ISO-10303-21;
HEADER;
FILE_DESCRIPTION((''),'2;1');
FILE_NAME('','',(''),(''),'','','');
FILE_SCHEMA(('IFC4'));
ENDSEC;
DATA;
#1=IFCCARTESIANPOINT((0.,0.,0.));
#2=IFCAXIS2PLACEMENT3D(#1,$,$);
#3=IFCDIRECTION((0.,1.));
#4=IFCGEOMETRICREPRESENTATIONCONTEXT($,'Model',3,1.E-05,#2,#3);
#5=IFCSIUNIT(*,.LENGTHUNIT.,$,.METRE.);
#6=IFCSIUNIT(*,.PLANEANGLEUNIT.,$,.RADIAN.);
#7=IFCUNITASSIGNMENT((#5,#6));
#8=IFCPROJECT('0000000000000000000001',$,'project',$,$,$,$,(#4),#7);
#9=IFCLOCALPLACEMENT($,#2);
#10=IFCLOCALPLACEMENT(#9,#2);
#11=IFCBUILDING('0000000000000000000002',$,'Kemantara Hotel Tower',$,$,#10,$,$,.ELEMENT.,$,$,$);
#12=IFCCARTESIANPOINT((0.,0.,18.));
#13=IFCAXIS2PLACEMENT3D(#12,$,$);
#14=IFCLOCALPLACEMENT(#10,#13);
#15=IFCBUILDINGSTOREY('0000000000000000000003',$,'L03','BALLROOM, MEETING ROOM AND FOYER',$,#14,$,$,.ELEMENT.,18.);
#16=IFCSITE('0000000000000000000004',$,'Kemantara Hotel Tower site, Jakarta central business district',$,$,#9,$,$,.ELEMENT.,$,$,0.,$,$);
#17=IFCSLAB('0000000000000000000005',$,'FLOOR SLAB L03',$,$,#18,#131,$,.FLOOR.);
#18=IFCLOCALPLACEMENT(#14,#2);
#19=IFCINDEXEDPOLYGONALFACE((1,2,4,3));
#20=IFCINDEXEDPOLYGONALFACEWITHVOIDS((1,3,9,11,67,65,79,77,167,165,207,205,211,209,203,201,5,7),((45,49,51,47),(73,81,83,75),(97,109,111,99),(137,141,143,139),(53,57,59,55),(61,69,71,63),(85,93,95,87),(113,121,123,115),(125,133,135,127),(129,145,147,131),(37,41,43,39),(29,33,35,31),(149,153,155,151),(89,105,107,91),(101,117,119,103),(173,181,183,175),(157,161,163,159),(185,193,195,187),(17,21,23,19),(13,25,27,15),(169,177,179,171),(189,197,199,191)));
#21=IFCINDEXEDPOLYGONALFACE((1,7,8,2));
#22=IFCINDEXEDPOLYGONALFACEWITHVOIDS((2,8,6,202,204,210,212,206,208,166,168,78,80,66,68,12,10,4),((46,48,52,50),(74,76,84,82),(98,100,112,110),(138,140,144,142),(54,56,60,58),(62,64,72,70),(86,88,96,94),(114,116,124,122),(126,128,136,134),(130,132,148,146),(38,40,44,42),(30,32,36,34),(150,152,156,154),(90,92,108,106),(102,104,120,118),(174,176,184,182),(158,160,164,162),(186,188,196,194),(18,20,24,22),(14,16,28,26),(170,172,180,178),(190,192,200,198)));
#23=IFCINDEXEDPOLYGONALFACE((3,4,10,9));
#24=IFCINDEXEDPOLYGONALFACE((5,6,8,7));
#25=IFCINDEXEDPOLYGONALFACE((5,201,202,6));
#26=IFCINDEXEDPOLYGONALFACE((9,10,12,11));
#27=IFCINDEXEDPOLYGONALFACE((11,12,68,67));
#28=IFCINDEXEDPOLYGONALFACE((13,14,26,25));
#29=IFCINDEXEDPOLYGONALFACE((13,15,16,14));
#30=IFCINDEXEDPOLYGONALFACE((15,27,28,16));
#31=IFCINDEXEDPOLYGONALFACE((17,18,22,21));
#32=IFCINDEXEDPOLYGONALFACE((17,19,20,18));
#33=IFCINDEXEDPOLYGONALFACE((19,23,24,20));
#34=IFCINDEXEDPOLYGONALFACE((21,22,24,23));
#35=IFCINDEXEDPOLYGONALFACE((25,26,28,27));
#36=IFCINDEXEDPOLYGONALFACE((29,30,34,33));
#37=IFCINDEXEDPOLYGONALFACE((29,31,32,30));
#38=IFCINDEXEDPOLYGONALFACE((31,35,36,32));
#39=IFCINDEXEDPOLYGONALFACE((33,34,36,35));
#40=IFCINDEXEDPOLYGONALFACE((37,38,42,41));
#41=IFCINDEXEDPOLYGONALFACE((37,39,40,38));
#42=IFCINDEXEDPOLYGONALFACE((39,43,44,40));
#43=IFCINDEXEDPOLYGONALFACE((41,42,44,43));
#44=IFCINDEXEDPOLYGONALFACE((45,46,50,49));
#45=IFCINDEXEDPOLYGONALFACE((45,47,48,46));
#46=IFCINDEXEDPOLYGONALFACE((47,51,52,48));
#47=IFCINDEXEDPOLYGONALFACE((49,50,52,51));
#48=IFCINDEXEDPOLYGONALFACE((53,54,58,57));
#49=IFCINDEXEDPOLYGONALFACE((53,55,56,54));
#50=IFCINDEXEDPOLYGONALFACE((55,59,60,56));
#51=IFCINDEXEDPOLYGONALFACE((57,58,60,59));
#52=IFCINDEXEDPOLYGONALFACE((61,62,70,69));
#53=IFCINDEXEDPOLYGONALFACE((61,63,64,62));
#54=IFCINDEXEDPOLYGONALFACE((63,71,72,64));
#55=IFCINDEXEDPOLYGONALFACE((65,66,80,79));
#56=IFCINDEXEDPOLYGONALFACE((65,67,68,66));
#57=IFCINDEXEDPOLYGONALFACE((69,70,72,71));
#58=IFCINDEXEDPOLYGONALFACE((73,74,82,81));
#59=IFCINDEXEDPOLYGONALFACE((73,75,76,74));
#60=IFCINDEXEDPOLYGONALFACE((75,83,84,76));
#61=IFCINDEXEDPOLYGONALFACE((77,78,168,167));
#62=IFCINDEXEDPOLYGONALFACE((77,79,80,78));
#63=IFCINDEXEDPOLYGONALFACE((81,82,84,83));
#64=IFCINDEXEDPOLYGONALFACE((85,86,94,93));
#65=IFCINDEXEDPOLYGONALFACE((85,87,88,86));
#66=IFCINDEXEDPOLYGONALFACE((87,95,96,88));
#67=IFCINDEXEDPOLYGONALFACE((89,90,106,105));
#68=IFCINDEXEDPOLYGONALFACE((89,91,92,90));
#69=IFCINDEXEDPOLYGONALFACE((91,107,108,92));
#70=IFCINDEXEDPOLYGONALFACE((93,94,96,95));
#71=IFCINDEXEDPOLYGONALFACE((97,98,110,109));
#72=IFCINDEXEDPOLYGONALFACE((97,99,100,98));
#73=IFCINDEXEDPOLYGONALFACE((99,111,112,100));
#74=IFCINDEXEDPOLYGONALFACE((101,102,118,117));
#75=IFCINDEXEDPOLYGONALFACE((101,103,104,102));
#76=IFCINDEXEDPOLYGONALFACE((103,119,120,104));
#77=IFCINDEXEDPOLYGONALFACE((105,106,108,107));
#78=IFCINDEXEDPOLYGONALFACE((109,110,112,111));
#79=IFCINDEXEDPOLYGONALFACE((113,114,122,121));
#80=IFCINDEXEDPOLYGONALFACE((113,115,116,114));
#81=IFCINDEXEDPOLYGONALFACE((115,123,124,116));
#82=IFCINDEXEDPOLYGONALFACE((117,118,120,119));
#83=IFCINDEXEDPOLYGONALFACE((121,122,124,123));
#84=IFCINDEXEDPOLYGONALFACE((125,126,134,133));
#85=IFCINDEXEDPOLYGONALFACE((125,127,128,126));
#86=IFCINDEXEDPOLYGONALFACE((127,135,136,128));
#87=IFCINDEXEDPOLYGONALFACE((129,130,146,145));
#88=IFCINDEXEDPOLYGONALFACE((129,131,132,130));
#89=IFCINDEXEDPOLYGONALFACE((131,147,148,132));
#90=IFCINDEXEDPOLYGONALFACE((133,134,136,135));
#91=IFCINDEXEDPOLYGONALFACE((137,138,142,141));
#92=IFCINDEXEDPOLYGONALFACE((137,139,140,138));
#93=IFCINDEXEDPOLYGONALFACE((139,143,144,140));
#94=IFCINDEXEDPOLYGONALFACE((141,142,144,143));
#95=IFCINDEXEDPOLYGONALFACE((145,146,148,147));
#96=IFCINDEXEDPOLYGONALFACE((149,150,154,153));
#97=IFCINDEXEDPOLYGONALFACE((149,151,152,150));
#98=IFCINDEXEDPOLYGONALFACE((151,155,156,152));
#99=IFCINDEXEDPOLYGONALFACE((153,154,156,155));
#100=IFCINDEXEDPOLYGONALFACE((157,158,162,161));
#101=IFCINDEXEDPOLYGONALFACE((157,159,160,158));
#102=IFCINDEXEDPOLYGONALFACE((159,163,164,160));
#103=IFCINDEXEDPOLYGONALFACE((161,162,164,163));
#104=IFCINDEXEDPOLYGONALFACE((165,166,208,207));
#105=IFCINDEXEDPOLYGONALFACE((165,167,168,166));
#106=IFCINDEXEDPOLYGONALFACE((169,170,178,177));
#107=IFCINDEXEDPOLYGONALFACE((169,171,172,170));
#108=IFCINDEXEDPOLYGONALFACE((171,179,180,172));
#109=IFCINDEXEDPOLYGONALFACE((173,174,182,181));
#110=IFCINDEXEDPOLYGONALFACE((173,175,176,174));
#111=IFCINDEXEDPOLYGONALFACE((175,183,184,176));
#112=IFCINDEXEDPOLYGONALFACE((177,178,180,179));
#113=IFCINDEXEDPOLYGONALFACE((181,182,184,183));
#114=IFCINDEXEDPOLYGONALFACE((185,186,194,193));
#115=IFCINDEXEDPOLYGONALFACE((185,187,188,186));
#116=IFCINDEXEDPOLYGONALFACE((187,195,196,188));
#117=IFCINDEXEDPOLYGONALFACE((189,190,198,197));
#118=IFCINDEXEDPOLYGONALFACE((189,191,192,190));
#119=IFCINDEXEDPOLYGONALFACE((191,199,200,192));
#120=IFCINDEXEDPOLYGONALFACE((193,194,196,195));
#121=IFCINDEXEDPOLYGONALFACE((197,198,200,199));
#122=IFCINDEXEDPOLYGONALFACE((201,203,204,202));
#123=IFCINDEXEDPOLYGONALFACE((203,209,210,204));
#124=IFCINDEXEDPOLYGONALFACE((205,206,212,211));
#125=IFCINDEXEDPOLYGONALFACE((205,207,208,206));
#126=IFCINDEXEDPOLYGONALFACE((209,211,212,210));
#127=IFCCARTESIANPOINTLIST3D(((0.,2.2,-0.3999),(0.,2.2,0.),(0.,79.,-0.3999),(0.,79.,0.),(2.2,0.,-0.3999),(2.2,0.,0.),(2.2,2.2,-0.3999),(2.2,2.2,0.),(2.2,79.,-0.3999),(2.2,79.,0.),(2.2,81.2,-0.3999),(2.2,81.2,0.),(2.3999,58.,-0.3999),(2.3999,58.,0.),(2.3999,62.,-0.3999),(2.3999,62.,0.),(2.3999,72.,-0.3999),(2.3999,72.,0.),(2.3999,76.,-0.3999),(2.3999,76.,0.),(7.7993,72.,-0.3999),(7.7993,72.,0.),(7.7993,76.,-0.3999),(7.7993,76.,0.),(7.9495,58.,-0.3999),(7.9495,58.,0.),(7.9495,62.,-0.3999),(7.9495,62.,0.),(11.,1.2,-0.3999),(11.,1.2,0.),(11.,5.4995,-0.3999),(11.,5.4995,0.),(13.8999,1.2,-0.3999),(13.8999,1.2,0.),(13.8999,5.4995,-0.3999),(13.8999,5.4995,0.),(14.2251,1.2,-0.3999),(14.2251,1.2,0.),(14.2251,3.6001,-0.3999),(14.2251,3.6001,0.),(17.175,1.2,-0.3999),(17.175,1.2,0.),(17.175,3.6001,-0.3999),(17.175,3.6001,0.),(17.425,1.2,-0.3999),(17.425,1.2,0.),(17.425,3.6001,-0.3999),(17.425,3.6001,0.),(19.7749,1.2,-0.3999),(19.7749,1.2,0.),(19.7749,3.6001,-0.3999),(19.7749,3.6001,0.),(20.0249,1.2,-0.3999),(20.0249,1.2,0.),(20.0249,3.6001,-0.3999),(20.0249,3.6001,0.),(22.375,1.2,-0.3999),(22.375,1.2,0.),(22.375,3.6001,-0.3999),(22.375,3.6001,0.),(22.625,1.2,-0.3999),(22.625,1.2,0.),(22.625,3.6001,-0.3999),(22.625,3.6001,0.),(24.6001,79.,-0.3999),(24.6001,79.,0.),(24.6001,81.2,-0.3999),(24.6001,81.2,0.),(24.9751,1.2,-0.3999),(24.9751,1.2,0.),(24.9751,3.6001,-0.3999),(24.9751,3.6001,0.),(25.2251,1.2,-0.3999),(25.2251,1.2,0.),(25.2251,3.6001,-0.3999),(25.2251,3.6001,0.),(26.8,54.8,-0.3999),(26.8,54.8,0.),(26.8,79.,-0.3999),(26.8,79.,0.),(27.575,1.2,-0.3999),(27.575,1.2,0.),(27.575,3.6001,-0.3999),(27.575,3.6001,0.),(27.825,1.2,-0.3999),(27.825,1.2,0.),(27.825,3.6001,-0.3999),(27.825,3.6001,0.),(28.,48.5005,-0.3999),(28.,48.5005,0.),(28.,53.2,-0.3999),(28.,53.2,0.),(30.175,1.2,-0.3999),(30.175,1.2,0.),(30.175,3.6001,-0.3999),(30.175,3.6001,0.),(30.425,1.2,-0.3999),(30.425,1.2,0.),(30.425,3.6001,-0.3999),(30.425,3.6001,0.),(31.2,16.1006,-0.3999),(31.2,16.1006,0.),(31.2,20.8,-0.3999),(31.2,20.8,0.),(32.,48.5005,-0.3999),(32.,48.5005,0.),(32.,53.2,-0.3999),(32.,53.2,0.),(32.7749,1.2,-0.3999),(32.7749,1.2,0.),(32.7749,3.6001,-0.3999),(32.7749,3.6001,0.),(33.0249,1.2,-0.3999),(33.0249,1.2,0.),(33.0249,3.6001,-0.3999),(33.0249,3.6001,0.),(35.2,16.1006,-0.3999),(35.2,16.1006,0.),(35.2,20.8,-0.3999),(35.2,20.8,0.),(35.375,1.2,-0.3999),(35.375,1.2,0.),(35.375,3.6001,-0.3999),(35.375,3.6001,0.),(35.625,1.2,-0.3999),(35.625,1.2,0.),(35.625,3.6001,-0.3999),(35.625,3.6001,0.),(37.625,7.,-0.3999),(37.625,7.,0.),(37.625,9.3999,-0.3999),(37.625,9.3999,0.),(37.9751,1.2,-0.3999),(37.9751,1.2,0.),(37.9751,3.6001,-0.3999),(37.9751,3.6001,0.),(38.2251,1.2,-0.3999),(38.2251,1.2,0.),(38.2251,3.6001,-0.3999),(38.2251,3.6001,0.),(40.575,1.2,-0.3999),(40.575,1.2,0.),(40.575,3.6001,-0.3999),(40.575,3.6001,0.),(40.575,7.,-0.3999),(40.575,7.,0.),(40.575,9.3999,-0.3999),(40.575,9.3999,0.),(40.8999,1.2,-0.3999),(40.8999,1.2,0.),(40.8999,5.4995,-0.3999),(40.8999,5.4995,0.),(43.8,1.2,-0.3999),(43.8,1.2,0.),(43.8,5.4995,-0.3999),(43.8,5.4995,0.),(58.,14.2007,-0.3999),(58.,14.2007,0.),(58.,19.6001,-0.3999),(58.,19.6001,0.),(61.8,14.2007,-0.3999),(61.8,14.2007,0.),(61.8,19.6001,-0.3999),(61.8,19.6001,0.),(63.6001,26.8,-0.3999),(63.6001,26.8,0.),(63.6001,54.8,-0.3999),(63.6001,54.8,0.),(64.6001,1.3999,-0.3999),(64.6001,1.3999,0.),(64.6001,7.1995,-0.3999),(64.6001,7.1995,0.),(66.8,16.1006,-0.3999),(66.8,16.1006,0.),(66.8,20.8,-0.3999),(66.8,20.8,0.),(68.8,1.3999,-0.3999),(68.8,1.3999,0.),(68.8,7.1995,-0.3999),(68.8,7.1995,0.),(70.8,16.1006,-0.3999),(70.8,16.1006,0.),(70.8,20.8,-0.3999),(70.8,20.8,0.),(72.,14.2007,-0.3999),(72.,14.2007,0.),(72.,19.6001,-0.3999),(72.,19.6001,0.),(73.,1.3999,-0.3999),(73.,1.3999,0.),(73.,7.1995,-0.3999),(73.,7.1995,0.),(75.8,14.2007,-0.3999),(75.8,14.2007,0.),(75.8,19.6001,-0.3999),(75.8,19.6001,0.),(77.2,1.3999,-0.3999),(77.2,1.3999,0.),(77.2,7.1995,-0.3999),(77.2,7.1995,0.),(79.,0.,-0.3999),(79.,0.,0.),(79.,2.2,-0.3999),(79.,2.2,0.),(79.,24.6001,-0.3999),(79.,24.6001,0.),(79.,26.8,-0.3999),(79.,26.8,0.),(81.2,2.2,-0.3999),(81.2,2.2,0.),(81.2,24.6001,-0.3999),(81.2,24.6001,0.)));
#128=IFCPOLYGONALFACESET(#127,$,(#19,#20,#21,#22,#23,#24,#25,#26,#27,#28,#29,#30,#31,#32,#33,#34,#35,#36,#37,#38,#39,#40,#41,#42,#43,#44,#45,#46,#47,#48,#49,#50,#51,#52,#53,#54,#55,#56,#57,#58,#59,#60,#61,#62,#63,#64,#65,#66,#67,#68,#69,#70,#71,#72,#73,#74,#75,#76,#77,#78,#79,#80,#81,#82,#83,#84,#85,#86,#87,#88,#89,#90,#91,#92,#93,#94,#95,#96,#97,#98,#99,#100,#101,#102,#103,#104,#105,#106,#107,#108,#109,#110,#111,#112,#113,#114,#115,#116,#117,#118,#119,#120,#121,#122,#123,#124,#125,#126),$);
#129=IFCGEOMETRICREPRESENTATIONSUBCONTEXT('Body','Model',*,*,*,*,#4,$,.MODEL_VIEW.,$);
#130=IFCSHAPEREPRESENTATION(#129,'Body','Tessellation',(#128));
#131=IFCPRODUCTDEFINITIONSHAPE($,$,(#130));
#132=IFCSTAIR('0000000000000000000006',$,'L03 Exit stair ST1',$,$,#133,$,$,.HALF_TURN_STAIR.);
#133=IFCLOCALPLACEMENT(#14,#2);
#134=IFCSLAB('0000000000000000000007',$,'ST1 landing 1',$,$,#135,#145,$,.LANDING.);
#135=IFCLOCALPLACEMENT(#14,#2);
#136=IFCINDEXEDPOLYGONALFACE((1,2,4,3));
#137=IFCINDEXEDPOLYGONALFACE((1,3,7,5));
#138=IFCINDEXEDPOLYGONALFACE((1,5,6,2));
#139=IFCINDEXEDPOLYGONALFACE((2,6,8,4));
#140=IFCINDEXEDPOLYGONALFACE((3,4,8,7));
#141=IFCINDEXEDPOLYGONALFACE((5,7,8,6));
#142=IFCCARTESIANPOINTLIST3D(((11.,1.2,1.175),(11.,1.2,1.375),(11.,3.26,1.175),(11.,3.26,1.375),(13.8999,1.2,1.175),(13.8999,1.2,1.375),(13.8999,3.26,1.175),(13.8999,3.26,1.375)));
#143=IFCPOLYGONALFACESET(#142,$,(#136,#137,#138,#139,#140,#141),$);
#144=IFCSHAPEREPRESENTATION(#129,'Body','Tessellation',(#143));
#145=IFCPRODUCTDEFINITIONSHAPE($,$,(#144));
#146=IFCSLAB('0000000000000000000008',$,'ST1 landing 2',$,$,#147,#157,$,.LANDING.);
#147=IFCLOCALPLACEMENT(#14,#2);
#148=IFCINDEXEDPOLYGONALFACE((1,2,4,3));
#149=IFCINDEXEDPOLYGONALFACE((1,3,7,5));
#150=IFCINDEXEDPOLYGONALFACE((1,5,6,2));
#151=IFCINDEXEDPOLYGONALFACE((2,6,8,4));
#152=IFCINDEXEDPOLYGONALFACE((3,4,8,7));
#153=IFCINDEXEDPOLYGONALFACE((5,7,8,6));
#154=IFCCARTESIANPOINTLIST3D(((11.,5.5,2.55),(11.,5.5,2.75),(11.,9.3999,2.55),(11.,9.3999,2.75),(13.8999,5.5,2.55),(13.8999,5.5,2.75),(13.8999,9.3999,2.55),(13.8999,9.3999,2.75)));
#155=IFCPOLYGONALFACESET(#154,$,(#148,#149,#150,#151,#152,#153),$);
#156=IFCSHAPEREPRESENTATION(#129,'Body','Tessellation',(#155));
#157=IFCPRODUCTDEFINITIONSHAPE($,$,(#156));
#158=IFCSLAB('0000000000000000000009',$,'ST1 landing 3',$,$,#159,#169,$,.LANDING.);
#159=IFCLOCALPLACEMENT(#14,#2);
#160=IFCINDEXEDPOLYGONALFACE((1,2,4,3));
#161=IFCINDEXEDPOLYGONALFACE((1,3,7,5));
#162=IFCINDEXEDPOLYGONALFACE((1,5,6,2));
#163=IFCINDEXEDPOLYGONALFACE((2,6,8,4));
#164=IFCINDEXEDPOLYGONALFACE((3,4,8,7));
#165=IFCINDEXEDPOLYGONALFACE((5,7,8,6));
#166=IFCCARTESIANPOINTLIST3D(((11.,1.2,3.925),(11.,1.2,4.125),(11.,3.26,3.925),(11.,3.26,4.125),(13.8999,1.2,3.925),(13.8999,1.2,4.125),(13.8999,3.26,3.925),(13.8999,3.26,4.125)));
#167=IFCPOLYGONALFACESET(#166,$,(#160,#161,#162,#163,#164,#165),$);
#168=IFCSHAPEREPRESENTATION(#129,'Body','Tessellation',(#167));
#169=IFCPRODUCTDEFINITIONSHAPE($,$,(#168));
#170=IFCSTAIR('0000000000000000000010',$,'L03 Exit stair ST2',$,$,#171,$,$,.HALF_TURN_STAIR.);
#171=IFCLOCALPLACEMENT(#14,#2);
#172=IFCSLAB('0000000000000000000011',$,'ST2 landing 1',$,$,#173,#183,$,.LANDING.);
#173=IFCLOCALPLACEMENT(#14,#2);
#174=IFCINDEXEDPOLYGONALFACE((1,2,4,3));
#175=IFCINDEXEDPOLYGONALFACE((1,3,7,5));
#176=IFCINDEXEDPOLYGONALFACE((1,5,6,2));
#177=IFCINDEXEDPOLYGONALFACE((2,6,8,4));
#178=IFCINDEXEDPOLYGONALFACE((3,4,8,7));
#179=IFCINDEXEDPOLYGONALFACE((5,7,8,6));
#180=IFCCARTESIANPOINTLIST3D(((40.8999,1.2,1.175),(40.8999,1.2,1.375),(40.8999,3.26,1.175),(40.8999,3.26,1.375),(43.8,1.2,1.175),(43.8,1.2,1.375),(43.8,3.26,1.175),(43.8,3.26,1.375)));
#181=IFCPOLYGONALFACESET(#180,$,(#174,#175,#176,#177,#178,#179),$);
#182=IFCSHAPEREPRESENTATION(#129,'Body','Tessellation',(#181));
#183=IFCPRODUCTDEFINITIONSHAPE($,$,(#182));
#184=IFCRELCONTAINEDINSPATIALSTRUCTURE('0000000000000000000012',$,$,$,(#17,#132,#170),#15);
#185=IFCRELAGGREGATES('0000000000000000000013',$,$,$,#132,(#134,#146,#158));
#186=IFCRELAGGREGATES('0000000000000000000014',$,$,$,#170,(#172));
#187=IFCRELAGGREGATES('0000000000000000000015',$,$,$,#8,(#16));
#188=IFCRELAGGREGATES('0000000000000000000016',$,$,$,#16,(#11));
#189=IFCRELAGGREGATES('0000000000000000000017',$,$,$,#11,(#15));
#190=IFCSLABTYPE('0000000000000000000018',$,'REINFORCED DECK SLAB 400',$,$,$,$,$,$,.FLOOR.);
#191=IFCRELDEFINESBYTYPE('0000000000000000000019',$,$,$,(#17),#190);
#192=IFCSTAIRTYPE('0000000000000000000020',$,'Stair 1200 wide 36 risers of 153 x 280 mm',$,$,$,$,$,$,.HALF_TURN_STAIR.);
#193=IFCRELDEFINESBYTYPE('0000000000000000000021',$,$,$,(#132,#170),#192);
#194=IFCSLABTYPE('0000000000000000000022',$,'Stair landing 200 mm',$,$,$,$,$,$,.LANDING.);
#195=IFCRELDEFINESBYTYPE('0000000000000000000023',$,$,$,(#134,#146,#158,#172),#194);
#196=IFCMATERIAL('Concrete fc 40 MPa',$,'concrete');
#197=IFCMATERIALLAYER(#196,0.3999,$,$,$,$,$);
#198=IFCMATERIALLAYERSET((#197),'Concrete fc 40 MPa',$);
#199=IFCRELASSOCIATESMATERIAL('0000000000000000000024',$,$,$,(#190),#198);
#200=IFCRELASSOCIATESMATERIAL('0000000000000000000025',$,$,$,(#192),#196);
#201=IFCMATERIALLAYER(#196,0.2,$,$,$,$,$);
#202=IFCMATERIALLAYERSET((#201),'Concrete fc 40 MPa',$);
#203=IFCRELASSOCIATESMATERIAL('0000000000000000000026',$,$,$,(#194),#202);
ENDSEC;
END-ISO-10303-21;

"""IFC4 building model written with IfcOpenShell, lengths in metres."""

from ifc_helpers import new_model, si_unit, direction, frame, origin, place, context, subcontext, project, spatial, polyline, outline, extrude, material, layer, layer_set, type_object, element, aggregate, save


model = new_model("IFC4")

# Units and contexts
model_context = context("Model", 3, precision=1e-05, world=origin(), true_north=direction((0.0, 1.0)))
body_context = subcontext(model_context, "Body", "Model", "MODEL_VIEW")
ifc_project = project(units=[si_unit("LENGTHUNIT", "METRE"), si_unit("PLANEANGLEUNIT", "RADIAN")], contexts=[model_context])

# Site, building, storey
site_placement = place(None, origin())
site = spatial("IfcSite", under=ifc_project, at=site_placement, Name="Kemantara Hotel Tower site, Jakarta central business district", CompositionType="ELEMENT", RefElevation=0.0)
building_placement = place(site_placement, origin())
building = spatial("IfcBuilding", under=site, at=building_placement, Name="Kemantara Hotel Tower", CompositionType="ELEMENT")
storey_placement = place(building_placement, frame((0.0, 0.0, 18.0)))
storey = spatial("IfcBuildingStorey", under=building, at=storey_placement, Name="L03", Description="BALLROOM, MEETING ROOM AND FOYER", CompositionType="ELEMENT", Elevation=18.0)

# Slab
ifc_material = material(Name="Concrete fc 40 MPa", Category="concrete")
ifc_layer_1 = layer(ifc_material, 0.3999)
ifc_layer_set_1 = layer_set([ifc_layer_1], Name="Concrete fc 40 MPa")
slab_type_1 = type_object("IfcSlabType", Name="REINFORCED DECK SLAB 400", PredefinedType="FLOOR", material=ifc_layer_set_1)
slab_1_placement = place(storey_placement, frame((0.0, 0.0, -0.3999)))
element("IfcSlab", 1, at=slab_1_placement, inside=storey, type_object=slab_type_1, Name="FLOOR SLAB L03", PredefinedType="FLOOR", context=body_context, shape_type="SweptSolid", body=[
    extrude(outline(polyline([(0.0, 2.2), (2.2, 2.2), (2.2, 0.0), (79.0, 0.0), (79.0, 2.2), (81.2, 2.2), (81.2, 24.6001), (79.0, 24.6001), (79.0, 26.8), (63.6001, 26.8), (63.6001, 54.8), (26.8, 54.8), (26.8, 79.0), (24.6001, 79.0), (24.6001, 81.2), (2.2, 81.2), (2.2, 79.0), (0.0, 79.0), (0.0, 2.2)]), holes=[polyline([(17.175, 1.2), (14.2251, 1.2), (14.2251, 3.6001), (17.175, 3.6001), (17.175, 1.2)]), polyline([(19.7749, 1.2), (17.425, 1.2), (17.425, 3.6001), (19.7749, 3.6001), (19.7749, 1.2)]), polyline([(22.375, 1.2), (20.0249, 1.2), (20.0249, 3.6001), (22.375, 3.6001), (22.375, 1.2)]), polyline([(22.625, 1.2), (22.625, 3.6001), (24.9751, 3.6001), (24.9751, 1.2), (22.625, 1.2)]), polyline([(25.2251, 1.2), (25.2251, 3.6001), (27.575, 3.6001), (27.575, 1.2), (25.2251, 1.2)]), polyline([(30.175, 1.2), (27.825, 1.2), (27.825, 3.6001), (30.175, 3.6001), (30.175, 1.2)]), polyline([(30.425, 1.2), (30.425, 3.6001), (32.7749, 3.6001), (32.7749, 1.2), (30.425, 1.2)]), polyline([(11.0, 5.4995), (13.8999, 5.4995), (13.8999, 1.2), (11.0, 1.2), (11.0, 5.4995)]), polyline([(32.0, 53.2), (32.0, 48.5005), (28.0, 48.5005), (28.0, 53.2), (32.0, 53.2)]), polyline([(7.9495, 62.0), (7.9495, 58.0), (2.3999, 58.0), (2.3999, 62.0), (7.9495, 62.0)]), polyline([(7.7993, 76.0), (7.7993, 72.0), (2.3999, 72.0), (2.3999, 76.0), (7.7993, 76.0)]), polyline([(35.375, 1.2), (33.0249, 1.2), (33.0249, 3.6001), (35.375, 3.6001), (35.375, 1.2)]), polyline([(37.9751, 1.2), (35.625, 1.2), (35.625, 3.6001), (37.9751, 3.6001), (37.9751, 1.2)]), polyline([(40.575, 1.2), (38.2251, 1.2), (38.2251, 3.6001), (40.575, 3.6001), (40.575, 1.2)]), polyline([(40.8999, 5.4995), (43.8, 5.4995), (43.8, 1.2), (40.8999, 1.2), (40.8999, 5.4995)]), polyline([(64.6001, 7.1995), (68.8, 7.1995), (68.8, 1.3999), (64.6001, 1.3999), (64.6001, 7.1995)]), polyline([(73.0, 1.3999), (73.0, 7.1995), (77.2, 7.1995), (77.2, 1.3999), (73.0, 1.3999)]), polyline([(37.625, 7.0), (37.625, 9.3999), (40.575, 9.3999), (40.575, 7.0), (37.625, 7.0)]), polyline([(61.8, 14.2007), (58.0, 14.2007), (58.0, 19.6001), (61.8, 19.6001), (61.8, 14.2007)]), polyline([(75.8, 19.6001), (75.8, 14.2007), (72.0, 14.2007), (72.0, 19.6001), (75.8, 19.6001)]), polyline([(35.2, 16.1006), (31.2, 16.1006), (31.2, 20.8), (35.2, 20.8), (35.2, 16.1006)]), polyline([(70.8, 16.1006), (66.8, 16.1006), (66.8, 20.8), (70.8, 20.8), (70.8, 16.1006)])]), origin(), (0.0, 0.0, 1.0), 0.3999),
])

# Stairs, slabs
stair_type_1 = type_object("IfcStairType", Name="Stair 1200 wide 36 risers of 153 x 280 mm", PredefinedType="HALF_TURN_STAIR", material=ifc_material)
stair_1_placement = place(storey_placement, origin())
stair_1 = element("IfcStair", 2, at=stair_1_placement, inside=storey, type_object=stair_type_1, Name="L03 Exit stair ST1", PredefinedType="HALF_TURN_STAIR")
ifc_layer_2 = layer(ifc_material, 0.2)
ifc_layer_set_2 = layer_set([ifc_layer_2], Name="Concrete fc 40 MPa")
slab_type_2 = type_object("IfcSlabType", Name="Stair landing 200 mm", PredefinedType="LANDING", material=ifc_layer_set_2)
slab_2_placement = place(storey_placement, frame((0.0, 0.0, 1.175)))
slab_2 = element("IfcSlab", 3, at=slab_2_placement, type_object=slab_type_2, Name="ST1 landing 1", PredefinedType="LANDING", context=body_context, shape_type="SweptSolid", body=[
    extrude(outline(polyline([(11.0, 3.26), (11.0, 1.2), (13.8999, 1.2), (13.8999, 3.26), (11.0, 3.26)])), origin(), (0.0, 0.0, 1.0), 0.2),
])
slab_3_placement = place(storey_placement, frame((0.0, 0.0, 2.55)))
slab_3 = element("IfcSlab", 4, at=slab_3_placement, type_object=slab_type_2, Name="ST1 landing 2", PredefinedType="LANDING", context=body_context, shape_type="SweptSolid", body=[
    extrude(outline(polyline([(11.0, 9.3999), (11.0, 5.5), (13.8999, 5.5), (13.8999, 9.3999), (11.0, 9.3999)])), origin(), (0.0, 0.0, 1.0), 0.2),
])
slab_4_placement = place(storey_placement, frame((0.0, 0.0, 3.925)))
slab_4 = element("IfcSlab", 5, at=slab_4_placement, type_object=slab_type_2, Name="ST1 landing 3", PredefinedType="LANDING", context=body_context, shape_type="SweptSolid", body=[
    extrude(outline(polyline([(11.0, 3.26), (11.0, 1.2), (13.8999, 1.2), (13.8999, 3.26), (11.0, 3.26)])), origin(), (0.0, 0.0, 1.0), 0.2),
])
aggregate(stair_1, [slab_2, slab_3, slab_4])
stair_2_placement = place(storey_placement, origin())
stair_2 = element("IfcStair", 6, at=stair_2_placement, inside=storey, type_object=stair_type_1, Name="L03 Exit stair ST2", PredefinedType="HALF_TURN_STAIR")
slab_5_placement = place(storey_placement, frame((0.0, 0.0, 1.175)))
slab_5 = element("IfcSlab", 7, at=slab_5_placement, type_object=slab_type_2, Name="ST2 landing 1", PredefinedType="LANDING", context=body_context, shape_type="SweptSolid", body=[
    extrude(outline(polyline([(40.8999, 3.26), (40.8999, 1.2), (43.8, 1.2), (43.8, 3.26), (40.8999, 3.26)])), origin(), (0.0, 0.0, 1.0), 0.2),
])
aggregate(stair_2, [slab_5])

save(model, "model.ifc")
